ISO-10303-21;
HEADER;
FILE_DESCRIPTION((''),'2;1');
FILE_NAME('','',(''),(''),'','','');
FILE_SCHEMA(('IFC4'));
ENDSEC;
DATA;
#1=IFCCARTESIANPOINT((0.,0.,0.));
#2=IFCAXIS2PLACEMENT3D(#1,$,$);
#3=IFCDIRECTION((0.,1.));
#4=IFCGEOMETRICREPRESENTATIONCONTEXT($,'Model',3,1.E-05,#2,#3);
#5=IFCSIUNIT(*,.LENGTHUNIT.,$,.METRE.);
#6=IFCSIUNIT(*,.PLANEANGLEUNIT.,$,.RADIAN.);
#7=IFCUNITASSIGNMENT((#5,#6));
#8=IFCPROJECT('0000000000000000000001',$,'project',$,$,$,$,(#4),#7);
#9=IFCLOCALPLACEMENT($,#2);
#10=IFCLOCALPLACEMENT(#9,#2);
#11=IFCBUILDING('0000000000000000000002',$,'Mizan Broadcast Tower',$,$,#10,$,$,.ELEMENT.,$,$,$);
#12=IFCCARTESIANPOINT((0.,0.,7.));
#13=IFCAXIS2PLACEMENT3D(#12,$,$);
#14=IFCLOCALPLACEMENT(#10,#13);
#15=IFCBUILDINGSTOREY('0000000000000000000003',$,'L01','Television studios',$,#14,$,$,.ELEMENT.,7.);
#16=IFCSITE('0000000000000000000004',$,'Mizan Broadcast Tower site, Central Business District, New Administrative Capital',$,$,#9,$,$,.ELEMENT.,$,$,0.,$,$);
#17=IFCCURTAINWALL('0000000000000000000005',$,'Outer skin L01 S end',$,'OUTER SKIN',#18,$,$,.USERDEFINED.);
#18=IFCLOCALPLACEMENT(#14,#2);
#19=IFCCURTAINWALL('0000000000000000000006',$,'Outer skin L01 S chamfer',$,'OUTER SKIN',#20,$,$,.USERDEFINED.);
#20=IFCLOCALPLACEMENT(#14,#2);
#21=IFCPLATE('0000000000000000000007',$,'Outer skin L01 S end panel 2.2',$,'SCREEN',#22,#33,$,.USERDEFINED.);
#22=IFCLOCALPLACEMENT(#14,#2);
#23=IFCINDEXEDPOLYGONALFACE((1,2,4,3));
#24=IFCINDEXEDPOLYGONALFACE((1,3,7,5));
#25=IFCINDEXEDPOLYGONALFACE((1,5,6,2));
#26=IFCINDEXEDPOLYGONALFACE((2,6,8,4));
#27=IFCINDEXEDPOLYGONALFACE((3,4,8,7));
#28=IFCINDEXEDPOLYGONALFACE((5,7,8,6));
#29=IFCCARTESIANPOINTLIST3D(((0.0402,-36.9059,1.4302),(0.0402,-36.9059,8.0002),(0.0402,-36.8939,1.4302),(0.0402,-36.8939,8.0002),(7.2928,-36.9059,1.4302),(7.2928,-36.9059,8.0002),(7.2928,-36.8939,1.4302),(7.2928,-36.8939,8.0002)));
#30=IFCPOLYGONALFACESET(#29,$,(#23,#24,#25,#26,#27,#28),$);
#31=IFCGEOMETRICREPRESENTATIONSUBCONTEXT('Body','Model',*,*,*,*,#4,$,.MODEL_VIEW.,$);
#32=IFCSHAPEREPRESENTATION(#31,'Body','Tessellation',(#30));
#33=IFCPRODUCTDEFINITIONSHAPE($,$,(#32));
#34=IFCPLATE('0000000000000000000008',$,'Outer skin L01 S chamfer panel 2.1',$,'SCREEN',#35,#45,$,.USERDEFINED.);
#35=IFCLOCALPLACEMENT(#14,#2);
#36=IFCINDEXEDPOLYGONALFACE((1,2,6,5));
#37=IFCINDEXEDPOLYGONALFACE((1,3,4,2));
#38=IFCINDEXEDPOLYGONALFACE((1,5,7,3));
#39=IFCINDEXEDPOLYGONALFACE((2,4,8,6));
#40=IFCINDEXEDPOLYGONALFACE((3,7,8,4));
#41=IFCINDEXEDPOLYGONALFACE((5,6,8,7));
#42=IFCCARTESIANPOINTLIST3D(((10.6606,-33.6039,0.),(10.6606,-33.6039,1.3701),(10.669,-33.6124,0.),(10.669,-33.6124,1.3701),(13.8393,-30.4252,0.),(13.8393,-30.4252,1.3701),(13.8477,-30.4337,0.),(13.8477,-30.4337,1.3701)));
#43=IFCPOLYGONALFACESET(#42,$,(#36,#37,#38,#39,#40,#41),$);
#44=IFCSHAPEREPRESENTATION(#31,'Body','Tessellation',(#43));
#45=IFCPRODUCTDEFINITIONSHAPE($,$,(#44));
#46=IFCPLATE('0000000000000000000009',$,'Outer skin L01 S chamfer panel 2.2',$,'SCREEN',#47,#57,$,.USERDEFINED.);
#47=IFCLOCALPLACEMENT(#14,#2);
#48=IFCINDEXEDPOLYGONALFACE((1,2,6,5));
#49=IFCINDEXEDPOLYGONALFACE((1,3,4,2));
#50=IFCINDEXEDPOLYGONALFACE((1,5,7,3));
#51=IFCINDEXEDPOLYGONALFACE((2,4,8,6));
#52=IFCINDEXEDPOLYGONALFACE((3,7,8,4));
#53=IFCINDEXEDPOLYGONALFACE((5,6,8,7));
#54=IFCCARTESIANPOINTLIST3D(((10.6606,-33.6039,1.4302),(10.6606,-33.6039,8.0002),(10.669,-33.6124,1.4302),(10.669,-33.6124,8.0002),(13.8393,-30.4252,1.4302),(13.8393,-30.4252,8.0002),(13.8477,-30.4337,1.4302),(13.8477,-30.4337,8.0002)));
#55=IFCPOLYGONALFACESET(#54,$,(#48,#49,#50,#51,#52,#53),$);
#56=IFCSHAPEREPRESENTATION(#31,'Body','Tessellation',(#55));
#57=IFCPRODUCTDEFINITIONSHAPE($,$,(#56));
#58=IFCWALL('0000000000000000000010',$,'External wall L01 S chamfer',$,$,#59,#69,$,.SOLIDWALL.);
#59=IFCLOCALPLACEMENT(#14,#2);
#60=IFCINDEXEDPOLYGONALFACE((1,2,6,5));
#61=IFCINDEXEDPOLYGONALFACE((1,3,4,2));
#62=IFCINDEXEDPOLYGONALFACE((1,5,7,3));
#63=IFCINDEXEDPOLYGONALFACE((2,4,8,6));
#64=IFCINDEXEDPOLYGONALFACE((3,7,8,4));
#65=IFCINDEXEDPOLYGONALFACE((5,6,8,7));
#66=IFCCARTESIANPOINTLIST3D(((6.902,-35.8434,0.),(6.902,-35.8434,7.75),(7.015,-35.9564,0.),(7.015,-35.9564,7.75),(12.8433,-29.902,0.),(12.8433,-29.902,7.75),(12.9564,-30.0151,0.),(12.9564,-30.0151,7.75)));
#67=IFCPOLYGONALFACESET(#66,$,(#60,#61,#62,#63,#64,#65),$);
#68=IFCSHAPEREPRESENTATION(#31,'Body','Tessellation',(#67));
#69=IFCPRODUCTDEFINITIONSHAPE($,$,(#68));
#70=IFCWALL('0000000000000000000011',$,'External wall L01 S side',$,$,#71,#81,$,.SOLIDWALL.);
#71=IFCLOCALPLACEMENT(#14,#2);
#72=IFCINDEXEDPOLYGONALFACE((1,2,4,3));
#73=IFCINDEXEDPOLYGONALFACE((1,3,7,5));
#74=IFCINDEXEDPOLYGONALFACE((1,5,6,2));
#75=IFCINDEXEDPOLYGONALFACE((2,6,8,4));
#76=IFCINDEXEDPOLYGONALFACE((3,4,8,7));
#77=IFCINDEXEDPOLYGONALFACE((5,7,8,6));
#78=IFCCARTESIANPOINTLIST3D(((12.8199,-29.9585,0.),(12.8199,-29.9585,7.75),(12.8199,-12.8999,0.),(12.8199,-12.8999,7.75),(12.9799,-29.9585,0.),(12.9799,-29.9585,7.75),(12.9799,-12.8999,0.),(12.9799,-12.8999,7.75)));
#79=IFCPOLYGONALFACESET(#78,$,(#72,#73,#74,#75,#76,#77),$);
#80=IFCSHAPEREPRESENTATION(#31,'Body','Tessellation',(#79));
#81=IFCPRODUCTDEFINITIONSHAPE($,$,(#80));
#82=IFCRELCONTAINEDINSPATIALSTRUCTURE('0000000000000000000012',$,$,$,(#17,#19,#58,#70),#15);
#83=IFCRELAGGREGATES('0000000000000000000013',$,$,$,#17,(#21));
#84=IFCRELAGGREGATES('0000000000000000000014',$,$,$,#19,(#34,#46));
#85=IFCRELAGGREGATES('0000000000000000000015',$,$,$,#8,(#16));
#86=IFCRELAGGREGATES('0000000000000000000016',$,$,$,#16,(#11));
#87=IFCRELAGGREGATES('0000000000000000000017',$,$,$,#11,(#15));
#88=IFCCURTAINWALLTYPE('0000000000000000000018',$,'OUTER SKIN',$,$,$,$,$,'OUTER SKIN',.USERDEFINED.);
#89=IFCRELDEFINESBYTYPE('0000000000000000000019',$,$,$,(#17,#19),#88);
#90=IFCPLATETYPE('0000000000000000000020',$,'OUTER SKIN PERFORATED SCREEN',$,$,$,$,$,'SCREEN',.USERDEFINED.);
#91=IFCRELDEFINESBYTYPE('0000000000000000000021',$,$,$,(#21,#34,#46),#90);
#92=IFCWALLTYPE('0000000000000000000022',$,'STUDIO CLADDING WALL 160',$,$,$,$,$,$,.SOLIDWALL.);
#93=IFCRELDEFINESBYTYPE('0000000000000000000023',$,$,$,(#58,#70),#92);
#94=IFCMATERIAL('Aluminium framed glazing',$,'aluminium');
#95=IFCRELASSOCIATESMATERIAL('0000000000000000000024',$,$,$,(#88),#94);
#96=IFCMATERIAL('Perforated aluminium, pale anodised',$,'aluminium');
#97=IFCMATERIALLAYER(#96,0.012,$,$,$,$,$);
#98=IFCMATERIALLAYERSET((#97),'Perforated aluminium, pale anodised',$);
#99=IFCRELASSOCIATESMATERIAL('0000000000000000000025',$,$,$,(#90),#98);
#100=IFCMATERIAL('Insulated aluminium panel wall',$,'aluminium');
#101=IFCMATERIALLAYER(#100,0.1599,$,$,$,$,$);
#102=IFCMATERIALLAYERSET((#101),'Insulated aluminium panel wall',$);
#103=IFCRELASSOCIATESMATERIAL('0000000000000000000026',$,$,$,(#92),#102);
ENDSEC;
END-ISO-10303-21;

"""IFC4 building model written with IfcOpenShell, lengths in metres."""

from ifc_helpers import new_model, si_unit, direction, frame, frame_2d, origin, origin_2d, place, context, subcontext, project, spatial, rectangle, extrude, material, layer, layer_set, type_object, element, aggregate, save


model = new_model("IFC4")

# Units and contexts
model_context = context("Model", 3, precision=1e-05, world=origin(), true_north=direction((0.0, 1.0)))
body_context = subcontext(model_context, "Body", "Model", "MODEL_VIEW")
ifc_project = project(units=[si_unit("LENGTHUNIT", "METRE"), si_unit("PLANEANGLEUNIT", "RADIAN")], contexts=[model_context])

# Site, building, storey
site_placement = place(None, origin())
site = spatial("IfcSite", under=ifc_project, at=site_placement, Name="Mizan Broadcast Tower site, Central Business District, New Administrative Capital", CompositionType="ELEMENT", RefElevation=0.0)
building_placement = place(site_placement, origin())
building = spatial("IfcBuilding", under=site, at=building_placement, Name="Mizan Broadcast Tower", CompositionType="ELEMENT")
storey_placement = place(building_placement, frame((0.0, 0.0, 7.0)))
storey = spatial("IfcBuildingStorey", under=building, at=storey_placement, Name="L01", Description="Television studios", CompositionType="ELEMENT", Elevation=7.0)

# Curtain walls
ifc_material_1 = material(Name="Aluminium framed glazing", Category="aluminium")
curtain_wall_type = type_object("IfcCurtainWallType", Name="OUTER SKIN", ElementType="OUTER SKIN", PredefinedType="USERDEFINED", material=ifc_material_1)
curtain_wall_1_placement = place(storey_placement, origin())
curtain_wall_1 = element("IfcCurtainWall", 1, at=curtain_wall_1_placement, inside=storey, type_object=curtain_wall_type, Name="Outer skin L01 S end", ObjectType="OUTER SKIN", PredefinedType="USERDEFINED")
curtain_wall_2_placement = place(storey_placement, origin())
curtain_wall_2 = element("IfcCurtainWall", 2, at=curtain_wall_2_placement, inside=storey, type_object=curtain_wall_type, Name="Outer skin L01 S chamfer", ObjectType="OUTER SKIN", PredefinedType="USERDEFINED")

# Plates
ifc_material_2 = material(Name="Perforated aluminium, pale anodised", Category="aluminium")
ifc_layer_1 = layer(ifc_material_2, 0.012)
ifc_layer_set_1 = layer_set([ifc_layer_1], Name="Perforated aluminium, pale anodised")
plate_type_1 = type_object("IfcPlateType", Name="OUTER SKIN PERFORATED SCREEN", ElementType="SCREEN", PredefinedType="USERDEFINED", material=ifc_layer_set_1)
plate_1_placement = place(storey_placement, frame((3.6665, -36.8999, 1.4302), z_axis=(0.0, 0.0, 1.0), x_axis=(1.0, 0.0, 0.0)))
plate_1 = element("IfcPlate", 3, at=plate_1_placement, type_object=plate_type_1, Name="Outer skin L01 S end panel 2.2", ObjectType="SCREEN", PredefinedType="USERDEFINED", context=body_context, shape_type="SweptSolid", body=[
    extrude(rectangle(XDim=7.2527, YDim=0.012, at=origin_2d()), origin(), (0.0, 0.0, 1.0), 6.5701),
])
aggregate(curtain_wall_1, [plate_1])
plate_2_placement = place(storey_placement, frame((12.2542, -32.0188, 0.0), z_axis=(0.0, 0.0, 1.0), x_axis=(0.707107, 0.707107, 0.0)))
plate_2 = element("IfcPlate", 4, at=plate_2_placement, type_object=plate_type_1, Name="Outer skin L01 S chamfer panel 2.1", ObjectType="SCREEN", PredefinedType="USERDEFINED", context=body_context, shape_type="SweptSolid", body=[
    extrude(rectangle(XDim=4.4954, YDim=0.012, at=origin_2d()), origin(), (0.0, 0.0, 1.0), 1.3701),
])
plate_3_placement = place(storey_placement, frame((12.2542, -32.0188, 1.4302), z_axis=(0.0, 0.0, 1.0), x_axis=(0.707107, 0.707107, 0.0)))
plate_3 = element("IfcPlate", 5, at=plate_3_placement, type_object=plate_type_1, Name="Outer skin L01 S chamfer panel 2.2", ObjectType="SCREEN", PredefinedType="USERDEFINED", context=body_context, shape_type="SweptSolid", body=[
    extrude(rectangle(XDim=4.4954, YDim=0.012, at=origin_2d()), origin(), (0.0, 0.0, 1.0), 6.5701),
])
aggregate(curtain_wall_2, [plate_2, plate_3])

# Walls
ifc_material_3 = material(Name="Insulated aluminium panel wall", Category="aluminium")
ifc_layer_2 = layer(ifc_material_3, 0.1599)
ifc_layer_set_2 = layer_set([ifc_layer_2], Name="Insulated aluminium panel wall")
wall_type = type_object("IfcWallType", Name="STUDIO CLADDING WALL 160", PredefinedType="SOLIDWALL", material=ifc_layer_set_2)
wall_1_placement = place(storey_placement, frame((6.9585, -35.8999, 0.0), z_axis=(0.0, 0.0, 1.0), x_axis=(0.707107, 0.707107, 0.0)))
element("IfcWall", 6, at=wall_1_placement, inside=storey, type_object=wall_type, Name="External wall L01 S chamfer", PredefinedType="SOLIDWALL", context=body_context, shape_type="SweptSolid", body=[
    extrude(rectangle(XDim=8.4023, YDim=0.1599, at=frame_2d((4.2012, 0.0))), origin(), (0.0, 0.0, 1.0), 7.75),
])
wall_2_placement = place(storey_placement, frame((12.8999, -29.9585, 0.0), z_axis=(0.0, 0.0, 1.0), x_axis=(0.0, 1.0, 0.0)))
element("IfcWall", 7, at=wall_2_placement, inside=storey, type_object=wall_type, Name="External wall L01 S side", PredefinedType="SOLIDWALL", context=body_context, shape_type="SweptSolid", body=[
    extrude(rectangle(XDim=17.0586, YDim=0.1599, at=frame_2d((8.5293, 0.0))), origin(), (0.0, 0.0, 1.0), 7.75),
])

save(model, "model.ifc")
